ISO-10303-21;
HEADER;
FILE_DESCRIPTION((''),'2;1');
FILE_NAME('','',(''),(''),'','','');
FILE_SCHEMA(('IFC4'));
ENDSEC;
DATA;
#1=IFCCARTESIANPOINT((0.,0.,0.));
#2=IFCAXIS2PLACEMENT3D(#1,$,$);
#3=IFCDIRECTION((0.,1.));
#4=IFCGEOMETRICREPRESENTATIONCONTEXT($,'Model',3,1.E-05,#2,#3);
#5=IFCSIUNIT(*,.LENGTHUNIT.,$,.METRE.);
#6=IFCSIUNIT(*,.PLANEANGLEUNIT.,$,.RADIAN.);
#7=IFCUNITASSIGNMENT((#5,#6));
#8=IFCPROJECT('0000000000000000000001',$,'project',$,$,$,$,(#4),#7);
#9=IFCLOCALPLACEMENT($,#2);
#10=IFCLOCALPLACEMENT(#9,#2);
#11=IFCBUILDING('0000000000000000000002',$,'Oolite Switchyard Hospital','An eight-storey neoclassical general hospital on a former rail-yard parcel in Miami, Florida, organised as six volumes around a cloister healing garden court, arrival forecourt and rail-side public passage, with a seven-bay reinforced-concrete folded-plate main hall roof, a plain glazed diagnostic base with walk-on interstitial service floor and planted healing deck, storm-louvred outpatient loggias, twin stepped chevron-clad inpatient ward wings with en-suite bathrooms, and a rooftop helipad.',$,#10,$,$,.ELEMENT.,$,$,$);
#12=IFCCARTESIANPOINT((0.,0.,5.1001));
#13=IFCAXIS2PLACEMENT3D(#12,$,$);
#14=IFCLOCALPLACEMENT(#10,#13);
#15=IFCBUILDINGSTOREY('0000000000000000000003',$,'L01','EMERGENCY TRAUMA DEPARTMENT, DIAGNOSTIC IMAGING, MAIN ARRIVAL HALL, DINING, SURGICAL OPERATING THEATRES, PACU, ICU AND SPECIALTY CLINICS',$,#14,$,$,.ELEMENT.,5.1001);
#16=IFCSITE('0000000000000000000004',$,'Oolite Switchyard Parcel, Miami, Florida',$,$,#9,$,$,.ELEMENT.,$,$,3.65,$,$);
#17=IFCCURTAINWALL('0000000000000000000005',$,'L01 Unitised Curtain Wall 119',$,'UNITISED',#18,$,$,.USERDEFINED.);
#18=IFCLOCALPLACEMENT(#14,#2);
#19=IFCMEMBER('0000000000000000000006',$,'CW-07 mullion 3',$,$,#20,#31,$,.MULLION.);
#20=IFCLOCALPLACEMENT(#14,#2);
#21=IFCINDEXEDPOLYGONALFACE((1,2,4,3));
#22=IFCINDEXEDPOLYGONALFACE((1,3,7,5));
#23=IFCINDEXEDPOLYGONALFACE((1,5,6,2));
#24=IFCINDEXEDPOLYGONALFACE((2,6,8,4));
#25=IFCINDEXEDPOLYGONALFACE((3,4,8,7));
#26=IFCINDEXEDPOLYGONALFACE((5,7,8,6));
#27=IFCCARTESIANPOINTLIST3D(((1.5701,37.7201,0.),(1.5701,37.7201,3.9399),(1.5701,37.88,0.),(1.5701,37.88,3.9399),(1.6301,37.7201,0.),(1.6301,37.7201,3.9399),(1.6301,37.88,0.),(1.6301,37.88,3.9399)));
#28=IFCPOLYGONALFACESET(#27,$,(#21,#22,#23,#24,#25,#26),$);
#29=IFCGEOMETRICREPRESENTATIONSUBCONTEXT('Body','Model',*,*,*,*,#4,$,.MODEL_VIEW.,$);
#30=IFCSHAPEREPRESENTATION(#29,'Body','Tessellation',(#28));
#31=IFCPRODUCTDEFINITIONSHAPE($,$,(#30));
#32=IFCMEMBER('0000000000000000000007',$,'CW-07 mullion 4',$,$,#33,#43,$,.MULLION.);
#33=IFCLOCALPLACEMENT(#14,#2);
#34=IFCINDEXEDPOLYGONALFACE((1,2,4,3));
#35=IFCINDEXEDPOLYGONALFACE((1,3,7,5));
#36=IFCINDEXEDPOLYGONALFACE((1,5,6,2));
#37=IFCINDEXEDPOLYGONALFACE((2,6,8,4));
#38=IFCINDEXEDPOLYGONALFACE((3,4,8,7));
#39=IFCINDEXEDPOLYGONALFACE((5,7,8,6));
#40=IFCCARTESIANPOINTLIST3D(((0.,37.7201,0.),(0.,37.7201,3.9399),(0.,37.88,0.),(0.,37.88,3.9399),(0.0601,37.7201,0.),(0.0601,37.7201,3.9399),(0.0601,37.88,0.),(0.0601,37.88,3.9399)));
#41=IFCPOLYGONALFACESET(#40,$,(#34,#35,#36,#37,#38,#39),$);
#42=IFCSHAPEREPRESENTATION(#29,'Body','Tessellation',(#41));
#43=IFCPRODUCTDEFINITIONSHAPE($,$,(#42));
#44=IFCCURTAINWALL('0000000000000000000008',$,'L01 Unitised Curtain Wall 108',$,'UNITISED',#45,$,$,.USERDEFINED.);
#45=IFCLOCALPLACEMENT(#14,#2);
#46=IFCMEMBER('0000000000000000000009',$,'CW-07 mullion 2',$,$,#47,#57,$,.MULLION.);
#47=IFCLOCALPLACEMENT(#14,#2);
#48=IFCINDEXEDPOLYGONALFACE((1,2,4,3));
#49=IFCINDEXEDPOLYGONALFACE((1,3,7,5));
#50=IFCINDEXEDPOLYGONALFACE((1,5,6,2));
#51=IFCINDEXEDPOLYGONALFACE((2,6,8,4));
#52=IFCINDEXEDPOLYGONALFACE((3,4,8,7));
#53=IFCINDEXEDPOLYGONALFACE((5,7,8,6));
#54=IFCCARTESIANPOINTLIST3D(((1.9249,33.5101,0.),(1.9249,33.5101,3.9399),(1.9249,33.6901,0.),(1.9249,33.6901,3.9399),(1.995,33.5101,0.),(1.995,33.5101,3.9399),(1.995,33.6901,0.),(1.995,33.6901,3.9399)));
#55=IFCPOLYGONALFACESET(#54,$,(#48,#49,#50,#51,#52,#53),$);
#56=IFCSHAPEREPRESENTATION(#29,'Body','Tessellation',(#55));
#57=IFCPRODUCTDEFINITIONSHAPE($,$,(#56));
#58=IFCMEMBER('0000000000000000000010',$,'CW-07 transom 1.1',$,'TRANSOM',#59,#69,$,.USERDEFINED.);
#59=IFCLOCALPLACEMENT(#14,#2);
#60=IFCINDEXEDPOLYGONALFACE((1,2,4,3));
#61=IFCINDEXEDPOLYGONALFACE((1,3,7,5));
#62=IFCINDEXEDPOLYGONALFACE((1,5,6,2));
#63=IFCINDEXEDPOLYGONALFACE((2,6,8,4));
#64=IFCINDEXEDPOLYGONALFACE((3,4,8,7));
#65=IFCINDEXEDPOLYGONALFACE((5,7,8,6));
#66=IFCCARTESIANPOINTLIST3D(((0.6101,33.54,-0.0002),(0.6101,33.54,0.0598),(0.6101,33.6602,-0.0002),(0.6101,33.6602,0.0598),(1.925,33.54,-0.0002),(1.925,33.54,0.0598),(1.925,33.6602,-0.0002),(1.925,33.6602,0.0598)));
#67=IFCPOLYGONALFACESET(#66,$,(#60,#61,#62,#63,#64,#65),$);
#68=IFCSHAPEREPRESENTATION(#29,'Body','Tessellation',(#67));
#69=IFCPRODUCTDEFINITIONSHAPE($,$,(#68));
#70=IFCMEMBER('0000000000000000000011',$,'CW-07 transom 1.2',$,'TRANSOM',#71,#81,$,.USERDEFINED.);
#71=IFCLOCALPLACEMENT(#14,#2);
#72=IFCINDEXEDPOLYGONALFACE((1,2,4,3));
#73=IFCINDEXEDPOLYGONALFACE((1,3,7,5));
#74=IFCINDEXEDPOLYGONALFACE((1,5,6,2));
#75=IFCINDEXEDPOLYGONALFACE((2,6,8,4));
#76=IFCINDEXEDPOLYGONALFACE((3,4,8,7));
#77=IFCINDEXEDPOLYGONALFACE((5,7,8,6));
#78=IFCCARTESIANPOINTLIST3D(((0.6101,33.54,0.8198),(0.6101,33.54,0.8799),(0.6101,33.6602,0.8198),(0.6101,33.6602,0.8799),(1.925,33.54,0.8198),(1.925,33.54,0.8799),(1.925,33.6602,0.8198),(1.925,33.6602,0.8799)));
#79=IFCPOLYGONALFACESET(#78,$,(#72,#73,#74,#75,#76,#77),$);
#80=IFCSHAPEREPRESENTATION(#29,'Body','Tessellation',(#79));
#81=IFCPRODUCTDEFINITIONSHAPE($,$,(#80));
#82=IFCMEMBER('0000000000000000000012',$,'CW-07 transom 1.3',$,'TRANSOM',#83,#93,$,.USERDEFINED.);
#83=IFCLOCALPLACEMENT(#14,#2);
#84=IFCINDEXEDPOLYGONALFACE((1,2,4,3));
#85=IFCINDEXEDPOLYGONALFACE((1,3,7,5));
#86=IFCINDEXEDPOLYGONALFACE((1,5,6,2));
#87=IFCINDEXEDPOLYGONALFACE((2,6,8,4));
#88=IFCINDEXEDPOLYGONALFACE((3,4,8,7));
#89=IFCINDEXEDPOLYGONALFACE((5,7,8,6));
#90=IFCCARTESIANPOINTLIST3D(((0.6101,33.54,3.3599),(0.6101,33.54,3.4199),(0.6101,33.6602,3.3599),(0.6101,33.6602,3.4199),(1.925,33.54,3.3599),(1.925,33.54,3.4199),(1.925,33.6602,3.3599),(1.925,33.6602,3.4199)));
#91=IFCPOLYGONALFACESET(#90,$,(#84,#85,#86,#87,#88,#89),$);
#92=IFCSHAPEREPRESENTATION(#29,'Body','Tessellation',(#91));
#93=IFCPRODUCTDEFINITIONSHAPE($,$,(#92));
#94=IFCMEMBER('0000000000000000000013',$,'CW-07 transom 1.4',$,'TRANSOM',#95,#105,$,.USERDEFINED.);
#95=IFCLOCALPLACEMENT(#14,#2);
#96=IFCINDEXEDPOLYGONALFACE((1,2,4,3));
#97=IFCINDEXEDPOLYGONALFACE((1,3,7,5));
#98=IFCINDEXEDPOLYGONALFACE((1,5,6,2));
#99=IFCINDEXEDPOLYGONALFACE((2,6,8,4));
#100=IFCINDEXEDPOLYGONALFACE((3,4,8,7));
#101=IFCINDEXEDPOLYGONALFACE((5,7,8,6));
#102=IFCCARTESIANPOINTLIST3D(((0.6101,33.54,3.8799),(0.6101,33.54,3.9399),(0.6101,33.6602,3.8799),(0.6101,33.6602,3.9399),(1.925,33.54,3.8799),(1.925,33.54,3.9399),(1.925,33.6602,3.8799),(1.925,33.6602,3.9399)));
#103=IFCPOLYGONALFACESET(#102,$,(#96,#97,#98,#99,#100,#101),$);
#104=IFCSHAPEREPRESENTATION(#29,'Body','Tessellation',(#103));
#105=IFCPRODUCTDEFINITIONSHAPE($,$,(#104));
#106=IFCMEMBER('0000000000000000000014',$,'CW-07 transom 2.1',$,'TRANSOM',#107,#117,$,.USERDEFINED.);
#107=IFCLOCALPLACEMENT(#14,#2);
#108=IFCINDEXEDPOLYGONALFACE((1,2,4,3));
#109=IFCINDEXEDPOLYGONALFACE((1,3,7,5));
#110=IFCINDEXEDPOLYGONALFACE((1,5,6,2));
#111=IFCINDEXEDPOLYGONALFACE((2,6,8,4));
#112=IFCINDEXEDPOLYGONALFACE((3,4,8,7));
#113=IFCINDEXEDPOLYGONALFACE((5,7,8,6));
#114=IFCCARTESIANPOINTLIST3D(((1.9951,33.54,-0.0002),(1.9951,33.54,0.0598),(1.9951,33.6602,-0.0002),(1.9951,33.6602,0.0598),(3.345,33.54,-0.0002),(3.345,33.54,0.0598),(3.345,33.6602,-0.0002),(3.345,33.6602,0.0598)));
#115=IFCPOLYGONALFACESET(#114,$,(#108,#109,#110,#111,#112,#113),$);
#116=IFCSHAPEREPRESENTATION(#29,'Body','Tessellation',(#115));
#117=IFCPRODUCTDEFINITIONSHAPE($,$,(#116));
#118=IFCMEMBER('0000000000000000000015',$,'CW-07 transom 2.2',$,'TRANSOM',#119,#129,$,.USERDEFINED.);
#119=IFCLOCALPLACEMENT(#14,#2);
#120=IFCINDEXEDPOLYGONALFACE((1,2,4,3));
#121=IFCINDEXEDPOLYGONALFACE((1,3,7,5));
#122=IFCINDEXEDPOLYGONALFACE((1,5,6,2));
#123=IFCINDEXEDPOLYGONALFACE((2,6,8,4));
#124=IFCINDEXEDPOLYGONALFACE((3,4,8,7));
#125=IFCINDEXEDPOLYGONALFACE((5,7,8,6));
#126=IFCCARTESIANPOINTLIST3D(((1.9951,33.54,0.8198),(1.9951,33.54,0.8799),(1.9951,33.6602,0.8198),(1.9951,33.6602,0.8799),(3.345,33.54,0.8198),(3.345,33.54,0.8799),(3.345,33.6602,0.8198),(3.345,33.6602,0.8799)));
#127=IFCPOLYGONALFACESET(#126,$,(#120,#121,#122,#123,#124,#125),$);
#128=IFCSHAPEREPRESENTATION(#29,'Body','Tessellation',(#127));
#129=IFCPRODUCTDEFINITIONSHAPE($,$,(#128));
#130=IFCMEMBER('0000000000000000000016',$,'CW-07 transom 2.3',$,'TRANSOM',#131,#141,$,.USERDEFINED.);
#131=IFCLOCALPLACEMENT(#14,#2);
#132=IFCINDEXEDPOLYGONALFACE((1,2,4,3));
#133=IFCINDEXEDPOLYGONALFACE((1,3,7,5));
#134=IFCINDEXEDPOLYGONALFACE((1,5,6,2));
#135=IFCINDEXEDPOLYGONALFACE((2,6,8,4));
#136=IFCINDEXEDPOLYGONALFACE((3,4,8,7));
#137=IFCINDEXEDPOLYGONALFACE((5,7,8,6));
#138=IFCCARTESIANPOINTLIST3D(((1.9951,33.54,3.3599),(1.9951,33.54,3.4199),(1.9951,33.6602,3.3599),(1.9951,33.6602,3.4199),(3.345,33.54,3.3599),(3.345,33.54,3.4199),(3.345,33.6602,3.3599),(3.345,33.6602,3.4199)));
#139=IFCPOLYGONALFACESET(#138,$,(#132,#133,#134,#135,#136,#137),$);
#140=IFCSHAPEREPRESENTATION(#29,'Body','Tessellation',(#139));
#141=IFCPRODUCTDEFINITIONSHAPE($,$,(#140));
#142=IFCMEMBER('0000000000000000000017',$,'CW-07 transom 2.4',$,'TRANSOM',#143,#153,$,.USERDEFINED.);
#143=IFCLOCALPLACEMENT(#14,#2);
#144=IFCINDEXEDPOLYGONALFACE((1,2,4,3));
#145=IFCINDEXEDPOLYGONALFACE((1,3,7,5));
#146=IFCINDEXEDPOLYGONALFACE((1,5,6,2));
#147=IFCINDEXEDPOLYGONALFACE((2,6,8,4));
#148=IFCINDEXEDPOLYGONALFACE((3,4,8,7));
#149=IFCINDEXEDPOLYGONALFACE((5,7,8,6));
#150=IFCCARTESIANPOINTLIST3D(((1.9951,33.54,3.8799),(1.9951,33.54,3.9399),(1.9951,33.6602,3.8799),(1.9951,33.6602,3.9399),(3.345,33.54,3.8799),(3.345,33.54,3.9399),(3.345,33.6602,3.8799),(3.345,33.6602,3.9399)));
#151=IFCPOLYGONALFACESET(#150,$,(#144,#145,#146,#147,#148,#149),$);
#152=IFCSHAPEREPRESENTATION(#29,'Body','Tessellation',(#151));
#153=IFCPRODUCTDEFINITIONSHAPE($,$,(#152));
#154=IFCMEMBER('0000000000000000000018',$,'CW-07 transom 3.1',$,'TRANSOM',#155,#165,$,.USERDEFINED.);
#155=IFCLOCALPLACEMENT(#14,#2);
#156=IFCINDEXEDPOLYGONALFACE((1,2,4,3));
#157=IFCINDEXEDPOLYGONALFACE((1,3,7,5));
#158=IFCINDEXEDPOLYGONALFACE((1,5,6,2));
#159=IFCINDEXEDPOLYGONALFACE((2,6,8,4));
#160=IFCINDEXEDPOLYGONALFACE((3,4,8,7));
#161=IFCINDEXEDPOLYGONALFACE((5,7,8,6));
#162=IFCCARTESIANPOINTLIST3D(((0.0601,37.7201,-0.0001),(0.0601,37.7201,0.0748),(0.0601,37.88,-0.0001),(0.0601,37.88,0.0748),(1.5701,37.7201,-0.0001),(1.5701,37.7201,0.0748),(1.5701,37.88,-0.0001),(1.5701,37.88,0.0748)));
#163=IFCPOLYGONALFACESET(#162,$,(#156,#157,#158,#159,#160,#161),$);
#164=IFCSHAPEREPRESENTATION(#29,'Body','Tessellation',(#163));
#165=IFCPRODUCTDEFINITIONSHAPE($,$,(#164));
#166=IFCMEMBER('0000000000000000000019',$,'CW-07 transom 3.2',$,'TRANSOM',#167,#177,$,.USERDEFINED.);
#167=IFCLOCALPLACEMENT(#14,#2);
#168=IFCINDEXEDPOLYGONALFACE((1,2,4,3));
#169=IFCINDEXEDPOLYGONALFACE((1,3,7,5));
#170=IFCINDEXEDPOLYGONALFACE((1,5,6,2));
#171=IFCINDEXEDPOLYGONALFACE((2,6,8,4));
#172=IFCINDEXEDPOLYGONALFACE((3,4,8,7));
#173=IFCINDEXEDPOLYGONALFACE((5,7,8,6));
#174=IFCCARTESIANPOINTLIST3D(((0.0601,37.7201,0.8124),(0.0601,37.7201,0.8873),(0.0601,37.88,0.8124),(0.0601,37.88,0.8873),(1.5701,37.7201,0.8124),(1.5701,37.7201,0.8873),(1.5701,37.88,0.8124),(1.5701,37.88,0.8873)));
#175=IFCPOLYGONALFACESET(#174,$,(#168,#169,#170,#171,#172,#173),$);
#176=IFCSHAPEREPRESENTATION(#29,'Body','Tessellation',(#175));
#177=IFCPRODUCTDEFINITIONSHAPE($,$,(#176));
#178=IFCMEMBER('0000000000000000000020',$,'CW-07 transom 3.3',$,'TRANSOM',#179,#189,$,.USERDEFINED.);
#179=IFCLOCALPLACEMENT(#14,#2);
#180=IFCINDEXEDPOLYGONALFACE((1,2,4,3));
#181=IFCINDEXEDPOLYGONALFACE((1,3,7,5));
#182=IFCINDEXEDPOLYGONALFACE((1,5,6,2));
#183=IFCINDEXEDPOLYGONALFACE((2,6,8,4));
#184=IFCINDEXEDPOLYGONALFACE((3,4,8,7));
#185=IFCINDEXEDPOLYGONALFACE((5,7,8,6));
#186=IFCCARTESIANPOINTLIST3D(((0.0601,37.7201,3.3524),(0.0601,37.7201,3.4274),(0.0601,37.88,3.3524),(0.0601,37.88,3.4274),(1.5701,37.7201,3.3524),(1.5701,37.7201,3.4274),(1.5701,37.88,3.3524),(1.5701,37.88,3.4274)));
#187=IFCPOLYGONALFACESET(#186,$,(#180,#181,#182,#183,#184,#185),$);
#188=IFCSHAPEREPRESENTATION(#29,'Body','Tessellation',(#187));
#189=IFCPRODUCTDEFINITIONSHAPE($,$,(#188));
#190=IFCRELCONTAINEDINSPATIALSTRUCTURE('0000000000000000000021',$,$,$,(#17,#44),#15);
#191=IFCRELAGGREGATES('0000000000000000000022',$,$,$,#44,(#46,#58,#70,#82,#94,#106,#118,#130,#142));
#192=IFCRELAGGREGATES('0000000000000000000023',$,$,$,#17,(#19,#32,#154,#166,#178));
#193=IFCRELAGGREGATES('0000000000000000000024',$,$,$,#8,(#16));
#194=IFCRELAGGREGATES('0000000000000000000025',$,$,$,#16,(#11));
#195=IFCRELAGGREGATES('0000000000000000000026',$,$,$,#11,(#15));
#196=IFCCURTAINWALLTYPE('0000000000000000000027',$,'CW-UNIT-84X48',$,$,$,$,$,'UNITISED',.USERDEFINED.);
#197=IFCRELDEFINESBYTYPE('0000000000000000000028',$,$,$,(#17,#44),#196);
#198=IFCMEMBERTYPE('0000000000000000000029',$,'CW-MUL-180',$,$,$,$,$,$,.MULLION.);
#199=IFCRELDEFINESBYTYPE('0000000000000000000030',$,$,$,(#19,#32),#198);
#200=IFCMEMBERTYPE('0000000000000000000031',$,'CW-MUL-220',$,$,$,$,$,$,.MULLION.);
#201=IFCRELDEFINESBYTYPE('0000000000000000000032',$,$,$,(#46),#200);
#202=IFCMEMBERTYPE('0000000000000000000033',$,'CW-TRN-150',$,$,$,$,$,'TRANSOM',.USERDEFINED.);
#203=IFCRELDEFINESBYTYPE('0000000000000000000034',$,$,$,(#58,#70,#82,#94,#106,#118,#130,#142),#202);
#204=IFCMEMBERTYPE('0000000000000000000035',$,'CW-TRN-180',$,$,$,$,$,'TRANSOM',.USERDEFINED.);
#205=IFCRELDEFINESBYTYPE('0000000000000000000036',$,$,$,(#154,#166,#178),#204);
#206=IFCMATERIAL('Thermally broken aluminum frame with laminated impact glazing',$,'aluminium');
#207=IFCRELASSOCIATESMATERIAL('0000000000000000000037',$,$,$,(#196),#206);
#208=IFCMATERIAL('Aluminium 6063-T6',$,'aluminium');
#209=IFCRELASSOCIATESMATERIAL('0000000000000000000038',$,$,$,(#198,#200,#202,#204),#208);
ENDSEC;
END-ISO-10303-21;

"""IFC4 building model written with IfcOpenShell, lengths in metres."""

from ifc_helpers import new_model, si_unit, direction, frame, origin, origin_2d, place, context, subcontext, project, spatial, rectangle, extrude, material, material_profile, profile_set, type_object, element, aggregate, save


model = new_model("IFC4")

# Units and contexts
model_context = context("Model", 3, precision=1e-05, world=origin(), true_north=direction((0.0, 1.0)))
body_context = subcontext(model_context, "Body", "Model", "MODEL_VIEW")
ifc_project = project(units=[si_unit("LENGTHUNIT", "METRE"), si_unit("PLANEANGLEUNIT", "RADIAN")], contexts=[model_context])

# Site, building, storey
site_placement = place(None, origin())
site = spatial("IfcSite", under=ifc_project, at=site_placement, Name="Oolite Switchyard Parcel, Miami, Florida", CompositionType="ELEMENT", RefElevation=3.65)
building_placement = place(site_placement, origin())
building = spatial("IfcBuilding", under=site, at=building_placement, Name="Oolite Switchyard Hospital", Description="An eight-storey neoclassical general hospital on a former rail-yard parcel in Miami, Florida, organised as six volumes around a cloister healing garden court, arrival forecourt and rail-side public passage, with a seven-bay reinforced-concrete folded-plate main hall roof, a plain glazed diagnostic base with walk-on interstitial service floor and planted healing deck, storm-louvred outpatient loggias, twin stepped chevron-clad inpatient ward wings with en-suite bathrooms, and a rooftop helipad.", CompositionType="ELEMENT")
storey_placement = place(building_placement, frame((0.0, 0.0, 5.1001)))
storey = spatial("IfcBuildingStorey", under=building, at=storey_placement, Name="L01", Description="EMERGENCY TRAUMA DEPARTMENT, DIAGNOSTIC IMAGING, MAIN ARRIVAL HALL, DINING, SURGICAL OPERATING THEATRES, PACU, ICU AND SPECIALTY CLINICS", CompositionType="ELEMENT", Elevation=5.1001)

# Curtain walls, members
ifc_material_1 = material(Name="Thermally broken aluminum frame with laminated impact glazing", Category="aluminium")
curtain_wall_type = type_object("IfcCurtainWallType", Name="CW-UNIT-84X48", ElementType="UNITISED", PredefinedType="USERDEFINED", material=ifc_material_1)
curtain_wall_1_placement = place(storey_placement, origin())
curtain_wall_1 = element("IfcCurtainWall", 1, at=curtain_wall_1_placement, inside=storey, type_object=curtain_wall_type, Name="L01 Unitised Curtain Wall 119", ObjectType="UNITISED", PredefinedType="USERDEFINED")
ifc_material_2 = material(Name="Aluminium 6063-T6", Category="aluminium")
ifc_material_profile_1 = material_profile(ifc_material_2, rectangle(XDim=0.1599, YDim=0.0601, at=origin_2d()), Name="CWM60X160")
ifc_profile_set_1 = profile_set([ifc_material_profile_1], Name="Aluminium 6063-T6")
member_type_1 = type_object("IfcMemberType", Name="CW-MUL-180", PredefinedType="MULLION", material=ifc_profile_set_1)
member_1_placement = place(storey_placement, frame((1.6001, 37.8, 0.0), z_axis=(0.0, 0.0, 1.0), x_axis=(0.0, -1.0, 0.0)))
member_1 = element("IfcMember", 2, at=member_1_placement, type_object=member_type_1, Name="CW-07 mullion 3", PredefinedType="MULLION", context=body_context, shape_type="SweptSolid", body=[
    extrude(rectangle(XDim=0.1599, YDim=0.0601, at=origin_2d()), origin(), (0.0, 0.0, 1.0), 3.9399),
])
member_2_placement = place(storey_placement, frame((0.03, 37.8, 0.0), z_axis=(0.0, 0.0, 1.0), x_axis=(0.0, -1.0, 0.0)))
member_2 = element("IfcMember", 3, at=member_2_placement, type_object=member_type_1, Name="CW-07 mullion 4", PredefinedType="MULLION", context=body_context, shape_type="SweptSolid", body=[
    extrude(rectangle(XDim=0.1599, YDim=0.0601, at=origin_2d()), origin(), (0.0, 0.0, 1.0), 3.9399),
])
curtain_wall_2_placement = place(storey_placement, origin())
curtain_wall_2 = element("IfcCurtainWall", 4, at=curtain_wall_2_placement, inside=storey, type_object=curtain_wall_type, Name="L01 Unitised Curtain Wall 108", ObjectType="UNITISED", PredefinedType="USERDEFINED")
ifc_material_profile_2 = material_profile(ifc_material_2, rectangle(XDim=0.1799, YDim=0.0701, at=origin_2d()), Name="CWM70X180")
ifc_profile_set_2 = profile_set([ifc_material_profile_2], Name="Aluminium 6063-T6")
member_type_2 = type_object("IfcMemberType", Name="CW-MUL-220", PredefinedType="MULLION", material=ifc_profile_set_2)
member_3_placement = place(storey_placement, frame((1.96, 33.6001, 0.0), z_axis=(0.0, 0.0, 1.0), x_axis=(0.0, 1.0, 0.0)))
member_3 = element("IfcMember", 5, at=member_3_placement, type_object=member_type_2, Name="CW-07 mullion 2", PredefinedType="MULLION", context=body_context, shape_type="SweptSolid", body=[
    extrude(rectangle(XDim=0.1799, YDim=0.0701, at=origin_2d()), origin(), (0.0, 0.0, 1.0), 3.9399),
])
ifc_material_profile_3 = material_profile(ifc_material_2, rectangle(XDim=0.1201, YDim=0.0601, at=origin_2d()), Name="CWT60X120")
ifc_profile_set_3 = profile_set([ifc_material_profile_3], Name="Aluminium 6063-T6")
member_type_3 = type_object("IfcMemberType", Name="CW-TRN-150", ElementType="TRANSOM", PredefinedType="USERDEFINED", material=ifc_profile_set_3)
member_4_placement = place(storey_placement, frame((0.6101, 33.6001, 0.0298), z_axis=(1.0, 0.0, 0.0), x_axis=(0.0, 1.0, 0.0)))
member_4 = element("IfcMember", 6, at=member_4_placement, type_object=member_type_3, Name="CW-07 transom 1.1", ObjectType="TRANSOM", PredefinedType="USERDEFINED", context=body_context, shape_type="SweptSolid", body=[
    extrude(rectangle(XDim=0.1201, YDim=0.0601, at=origin_2d()), origin(), (0.0, 0.0, 1.0), 1.3149),
])
member_5_placement = place(storey_placement, frame((0.6101, 33.6001, 0.8499), z_axis=(1.0, 0.0, 0.0), x_axis=(0.0, 1.0, 0.0)))
member_5 = element("IfcMember", 7, at=member_5_placement, type_object=member_type_3, Name="CW-07 transom 1.2", ObjectType="TRANSOM", PredefinedType="USERDEFINED", context=body_context, shape_type="SweptSolid", body=[
    extrude(rectangle(XDim=0.1201, YDim=0.0601, at=origin_2d()), origin(), (0.0, 0.0, 1.0), 1.3149),
])
member_6_placement = place(storey_placement, frame((0.6101, 33.6001, 3.3899), z_axis=(1.0, 0.0, 0.0), x_axis=(0.0, 1.0, 0.0)))
member_6 = element("IfcMember", 8, at=member_6_placement, type_object=member_type_3, Name="CW-07 transom 1.3", ObjectType="TRANSOM", PredefinedType="USERDEFINED", context=body_context, shape_type="SweptSolid", body=[
    extrude(rectangle(XDim=0.1201, YDim=0.0601, at=origin_2d()), origin(), (0.0, 0.0, 1.0), 1.3149),
])
member_7_placement = place(storey_placement, frame((0.6101, 33.6001, 3.9099), z_axis=(1.0, 0.0, 0.0), x_axis=(0.0, 1.0, 0.0)))
member_7 = element("IfcMember", 9, at=member_7_placement, type_object=member_type_3, Name="CW-07 transom 1.4", ObjectType="TRANSOM", PredefinedType="USERDEFINED", context=body_context, shape_type="SweptSolid", body=[
    extrude(rectangle(XDim=0.1201, YDim=0.0601, at=origin_2d()), origin(), (0.0, 0.0, 1.0), 1.3149),
])
member_8_placement = place(storey_placement, frame((1.9951, 33.6001, 0.0298), z_axis=(1.0, 0.0, 0.0), x_axis=(0.0, 1.0, 0.0)))
member_8 = element("IfcMember", 10, at=member_8_placement, type_object=member_type_3, Name="CW-07 transom 2.1", ObjectType="TRANSOM", PredefinedType="USERDEFINED", context=body_context, shape_type="SweptSolid", body=[
    extrude(rectangle(XDim=0.1201, YDim=0.0601, at=origin_2d()), origin(), (0.0, 0.0, 1.0), 1.3499),
])
member_9_placement = place(storey_placement, frame((1.9951, 33.6001, 0.8499), z_axis=(1.0, 0.0, 0.0), x_axis=(0.0, 1.0, 0.0)))
member_9 = element("IfcMember", 11, at=member_9_placement, type_object=member_type_3, Name="CW-07 transom 2.2", ObjectType="TRANSOM", PredefinedType="USERDEFINED", context=body_context, shape_type="SweptSolid", body=[
    extrude(rectangle(XDim=0.1201, YDim=0.0601, at=origin_2d()), origin(), (0.0, 0.0, 1.0), 1.3499),
])
member_10_placement = place(storey_placement, frame((1.9951, 33.6001, 3.3899), z_axis=(1.0, 0.0, 0.0), x_axis=(0.0, 1.0, 0.0)))
member_10 = element("IfcMember", 12, at=member_10_placement, type_object=member_type_3, Name="CW-07 transom 2.3", ObjectType="TRANSOM", PredefinedType="USERDEFINED", context=body_context, shape_type="SweptSolid", body=[
    extrude(rectangle(XDim=0.1201, YDim=0.0601, at=origin_2d()), origin(), (0.0, 0.0, 1.0), 1.3499),
])
member_11_placement = place(storey_placement, frame((1.9951, 33.6001, 3.9099), z_axis=(1.0, 0.0, 0.0), x_axis=(0.0, 1.0, 0.0)))
member_11 = element("IfcMember", 13, at=member_11_placement, type_object=member_type_3, Name="CW-07 transom 2.4", ObjectType="TRANSOM", PredefinedType="USERDEFINED", context=body_context, shape_type="SweptSolid", body=[
    extrude(rectangle(XDim=0.1201, YDim=0.0601, at=origin_2d()), origin(), (0.0, 0.0, 1.0), 1.3499),
])

# Members
ifc_material_profile_4 = material_profile(ifc_material_2, rectangle(XDim=0.1599, YDim=0.075, at=origin_2d()), Name="CWT75X160")
ifc_profile_set_4 = profile_set([ifc_material_profile_4], Name="Aluminium 6063-T6")
member_type_4 = type_object("IfcMemberType", Name="CW-TRN-180", ElementType="TRANSOM", PredefinedType="USERDEFINED", material=ifc_profile_set_4)
member_12_placement = place(storey_placement, frame((1.5701, 37.8, 0.0374), z_axis=(-1.0, 0.0, 0.0), x_axis=(0.0, -1.0, 0.0)))
member_12 = element("IfcMember", 14, at=member_12_placement, type_object=member_type_4, Name="CW-07 transom 3.1", ObjectType="TRANSOM", PredefinedType="USERDEFINED", context=body_context, shape_type="SweptSolid", body=[
    extrude(rectangle(XDim=0.1599, YDim=0.075, at=origin_2d()), origin(), (0.0, 0.0, 1.0), 1.51),
])
member_13_placement = place(storey_placement, frame((1.5701, 37.8, 0.8499), z_axis=(-1.0, 0.0, 0.0), x_axis=(0.0, -1.0, 0.0)))
member_13 = element("IfcMember", 15, at=member_13_placement, type_object=member_type_4, Name="CW-07 transom 3.2", ObjectType="TRANSOM", PredefinedType="USERDEFINED", context=body_context, shape_type="SweptSolid", body=[
    extrude(rectangle(XDim=0.1599, YDim=0.075, at=origin_2d()), origin(), (0.0, 0.0, 1.0), 1.51),
])
member_14_placement = place(storey_placement, frame((1.5701, 37.8, 3.3899), z_axis=(-1.0, 0.0, 0.0), x_axis=(0.0, -1.0, 0.0)))
member_14 = element("IfcMember", 16, at=member_14_placement, type_object=member_type_4, Name="CW-07 transom 3.3", ObjectType="TRANSOM", PredefinedType="USERDEFINED", context=body_context, shape_type="SweptSolid", body=[
    extrude(rectangle(XDim=0.1599, YDim=0.075, at=origin_2d()), origin(), (0.0, 0.0, 1.0), 1.51),
])

aggregate(curtain_wall_2, [member_3, member_4, member_5, member_6, member_7, member_8, member_9, member_10, member_11])
aggregate(curtain_wall_1, [member_1, member_2, member_12, member_13, member_14])

save(model, "model.ifc")
